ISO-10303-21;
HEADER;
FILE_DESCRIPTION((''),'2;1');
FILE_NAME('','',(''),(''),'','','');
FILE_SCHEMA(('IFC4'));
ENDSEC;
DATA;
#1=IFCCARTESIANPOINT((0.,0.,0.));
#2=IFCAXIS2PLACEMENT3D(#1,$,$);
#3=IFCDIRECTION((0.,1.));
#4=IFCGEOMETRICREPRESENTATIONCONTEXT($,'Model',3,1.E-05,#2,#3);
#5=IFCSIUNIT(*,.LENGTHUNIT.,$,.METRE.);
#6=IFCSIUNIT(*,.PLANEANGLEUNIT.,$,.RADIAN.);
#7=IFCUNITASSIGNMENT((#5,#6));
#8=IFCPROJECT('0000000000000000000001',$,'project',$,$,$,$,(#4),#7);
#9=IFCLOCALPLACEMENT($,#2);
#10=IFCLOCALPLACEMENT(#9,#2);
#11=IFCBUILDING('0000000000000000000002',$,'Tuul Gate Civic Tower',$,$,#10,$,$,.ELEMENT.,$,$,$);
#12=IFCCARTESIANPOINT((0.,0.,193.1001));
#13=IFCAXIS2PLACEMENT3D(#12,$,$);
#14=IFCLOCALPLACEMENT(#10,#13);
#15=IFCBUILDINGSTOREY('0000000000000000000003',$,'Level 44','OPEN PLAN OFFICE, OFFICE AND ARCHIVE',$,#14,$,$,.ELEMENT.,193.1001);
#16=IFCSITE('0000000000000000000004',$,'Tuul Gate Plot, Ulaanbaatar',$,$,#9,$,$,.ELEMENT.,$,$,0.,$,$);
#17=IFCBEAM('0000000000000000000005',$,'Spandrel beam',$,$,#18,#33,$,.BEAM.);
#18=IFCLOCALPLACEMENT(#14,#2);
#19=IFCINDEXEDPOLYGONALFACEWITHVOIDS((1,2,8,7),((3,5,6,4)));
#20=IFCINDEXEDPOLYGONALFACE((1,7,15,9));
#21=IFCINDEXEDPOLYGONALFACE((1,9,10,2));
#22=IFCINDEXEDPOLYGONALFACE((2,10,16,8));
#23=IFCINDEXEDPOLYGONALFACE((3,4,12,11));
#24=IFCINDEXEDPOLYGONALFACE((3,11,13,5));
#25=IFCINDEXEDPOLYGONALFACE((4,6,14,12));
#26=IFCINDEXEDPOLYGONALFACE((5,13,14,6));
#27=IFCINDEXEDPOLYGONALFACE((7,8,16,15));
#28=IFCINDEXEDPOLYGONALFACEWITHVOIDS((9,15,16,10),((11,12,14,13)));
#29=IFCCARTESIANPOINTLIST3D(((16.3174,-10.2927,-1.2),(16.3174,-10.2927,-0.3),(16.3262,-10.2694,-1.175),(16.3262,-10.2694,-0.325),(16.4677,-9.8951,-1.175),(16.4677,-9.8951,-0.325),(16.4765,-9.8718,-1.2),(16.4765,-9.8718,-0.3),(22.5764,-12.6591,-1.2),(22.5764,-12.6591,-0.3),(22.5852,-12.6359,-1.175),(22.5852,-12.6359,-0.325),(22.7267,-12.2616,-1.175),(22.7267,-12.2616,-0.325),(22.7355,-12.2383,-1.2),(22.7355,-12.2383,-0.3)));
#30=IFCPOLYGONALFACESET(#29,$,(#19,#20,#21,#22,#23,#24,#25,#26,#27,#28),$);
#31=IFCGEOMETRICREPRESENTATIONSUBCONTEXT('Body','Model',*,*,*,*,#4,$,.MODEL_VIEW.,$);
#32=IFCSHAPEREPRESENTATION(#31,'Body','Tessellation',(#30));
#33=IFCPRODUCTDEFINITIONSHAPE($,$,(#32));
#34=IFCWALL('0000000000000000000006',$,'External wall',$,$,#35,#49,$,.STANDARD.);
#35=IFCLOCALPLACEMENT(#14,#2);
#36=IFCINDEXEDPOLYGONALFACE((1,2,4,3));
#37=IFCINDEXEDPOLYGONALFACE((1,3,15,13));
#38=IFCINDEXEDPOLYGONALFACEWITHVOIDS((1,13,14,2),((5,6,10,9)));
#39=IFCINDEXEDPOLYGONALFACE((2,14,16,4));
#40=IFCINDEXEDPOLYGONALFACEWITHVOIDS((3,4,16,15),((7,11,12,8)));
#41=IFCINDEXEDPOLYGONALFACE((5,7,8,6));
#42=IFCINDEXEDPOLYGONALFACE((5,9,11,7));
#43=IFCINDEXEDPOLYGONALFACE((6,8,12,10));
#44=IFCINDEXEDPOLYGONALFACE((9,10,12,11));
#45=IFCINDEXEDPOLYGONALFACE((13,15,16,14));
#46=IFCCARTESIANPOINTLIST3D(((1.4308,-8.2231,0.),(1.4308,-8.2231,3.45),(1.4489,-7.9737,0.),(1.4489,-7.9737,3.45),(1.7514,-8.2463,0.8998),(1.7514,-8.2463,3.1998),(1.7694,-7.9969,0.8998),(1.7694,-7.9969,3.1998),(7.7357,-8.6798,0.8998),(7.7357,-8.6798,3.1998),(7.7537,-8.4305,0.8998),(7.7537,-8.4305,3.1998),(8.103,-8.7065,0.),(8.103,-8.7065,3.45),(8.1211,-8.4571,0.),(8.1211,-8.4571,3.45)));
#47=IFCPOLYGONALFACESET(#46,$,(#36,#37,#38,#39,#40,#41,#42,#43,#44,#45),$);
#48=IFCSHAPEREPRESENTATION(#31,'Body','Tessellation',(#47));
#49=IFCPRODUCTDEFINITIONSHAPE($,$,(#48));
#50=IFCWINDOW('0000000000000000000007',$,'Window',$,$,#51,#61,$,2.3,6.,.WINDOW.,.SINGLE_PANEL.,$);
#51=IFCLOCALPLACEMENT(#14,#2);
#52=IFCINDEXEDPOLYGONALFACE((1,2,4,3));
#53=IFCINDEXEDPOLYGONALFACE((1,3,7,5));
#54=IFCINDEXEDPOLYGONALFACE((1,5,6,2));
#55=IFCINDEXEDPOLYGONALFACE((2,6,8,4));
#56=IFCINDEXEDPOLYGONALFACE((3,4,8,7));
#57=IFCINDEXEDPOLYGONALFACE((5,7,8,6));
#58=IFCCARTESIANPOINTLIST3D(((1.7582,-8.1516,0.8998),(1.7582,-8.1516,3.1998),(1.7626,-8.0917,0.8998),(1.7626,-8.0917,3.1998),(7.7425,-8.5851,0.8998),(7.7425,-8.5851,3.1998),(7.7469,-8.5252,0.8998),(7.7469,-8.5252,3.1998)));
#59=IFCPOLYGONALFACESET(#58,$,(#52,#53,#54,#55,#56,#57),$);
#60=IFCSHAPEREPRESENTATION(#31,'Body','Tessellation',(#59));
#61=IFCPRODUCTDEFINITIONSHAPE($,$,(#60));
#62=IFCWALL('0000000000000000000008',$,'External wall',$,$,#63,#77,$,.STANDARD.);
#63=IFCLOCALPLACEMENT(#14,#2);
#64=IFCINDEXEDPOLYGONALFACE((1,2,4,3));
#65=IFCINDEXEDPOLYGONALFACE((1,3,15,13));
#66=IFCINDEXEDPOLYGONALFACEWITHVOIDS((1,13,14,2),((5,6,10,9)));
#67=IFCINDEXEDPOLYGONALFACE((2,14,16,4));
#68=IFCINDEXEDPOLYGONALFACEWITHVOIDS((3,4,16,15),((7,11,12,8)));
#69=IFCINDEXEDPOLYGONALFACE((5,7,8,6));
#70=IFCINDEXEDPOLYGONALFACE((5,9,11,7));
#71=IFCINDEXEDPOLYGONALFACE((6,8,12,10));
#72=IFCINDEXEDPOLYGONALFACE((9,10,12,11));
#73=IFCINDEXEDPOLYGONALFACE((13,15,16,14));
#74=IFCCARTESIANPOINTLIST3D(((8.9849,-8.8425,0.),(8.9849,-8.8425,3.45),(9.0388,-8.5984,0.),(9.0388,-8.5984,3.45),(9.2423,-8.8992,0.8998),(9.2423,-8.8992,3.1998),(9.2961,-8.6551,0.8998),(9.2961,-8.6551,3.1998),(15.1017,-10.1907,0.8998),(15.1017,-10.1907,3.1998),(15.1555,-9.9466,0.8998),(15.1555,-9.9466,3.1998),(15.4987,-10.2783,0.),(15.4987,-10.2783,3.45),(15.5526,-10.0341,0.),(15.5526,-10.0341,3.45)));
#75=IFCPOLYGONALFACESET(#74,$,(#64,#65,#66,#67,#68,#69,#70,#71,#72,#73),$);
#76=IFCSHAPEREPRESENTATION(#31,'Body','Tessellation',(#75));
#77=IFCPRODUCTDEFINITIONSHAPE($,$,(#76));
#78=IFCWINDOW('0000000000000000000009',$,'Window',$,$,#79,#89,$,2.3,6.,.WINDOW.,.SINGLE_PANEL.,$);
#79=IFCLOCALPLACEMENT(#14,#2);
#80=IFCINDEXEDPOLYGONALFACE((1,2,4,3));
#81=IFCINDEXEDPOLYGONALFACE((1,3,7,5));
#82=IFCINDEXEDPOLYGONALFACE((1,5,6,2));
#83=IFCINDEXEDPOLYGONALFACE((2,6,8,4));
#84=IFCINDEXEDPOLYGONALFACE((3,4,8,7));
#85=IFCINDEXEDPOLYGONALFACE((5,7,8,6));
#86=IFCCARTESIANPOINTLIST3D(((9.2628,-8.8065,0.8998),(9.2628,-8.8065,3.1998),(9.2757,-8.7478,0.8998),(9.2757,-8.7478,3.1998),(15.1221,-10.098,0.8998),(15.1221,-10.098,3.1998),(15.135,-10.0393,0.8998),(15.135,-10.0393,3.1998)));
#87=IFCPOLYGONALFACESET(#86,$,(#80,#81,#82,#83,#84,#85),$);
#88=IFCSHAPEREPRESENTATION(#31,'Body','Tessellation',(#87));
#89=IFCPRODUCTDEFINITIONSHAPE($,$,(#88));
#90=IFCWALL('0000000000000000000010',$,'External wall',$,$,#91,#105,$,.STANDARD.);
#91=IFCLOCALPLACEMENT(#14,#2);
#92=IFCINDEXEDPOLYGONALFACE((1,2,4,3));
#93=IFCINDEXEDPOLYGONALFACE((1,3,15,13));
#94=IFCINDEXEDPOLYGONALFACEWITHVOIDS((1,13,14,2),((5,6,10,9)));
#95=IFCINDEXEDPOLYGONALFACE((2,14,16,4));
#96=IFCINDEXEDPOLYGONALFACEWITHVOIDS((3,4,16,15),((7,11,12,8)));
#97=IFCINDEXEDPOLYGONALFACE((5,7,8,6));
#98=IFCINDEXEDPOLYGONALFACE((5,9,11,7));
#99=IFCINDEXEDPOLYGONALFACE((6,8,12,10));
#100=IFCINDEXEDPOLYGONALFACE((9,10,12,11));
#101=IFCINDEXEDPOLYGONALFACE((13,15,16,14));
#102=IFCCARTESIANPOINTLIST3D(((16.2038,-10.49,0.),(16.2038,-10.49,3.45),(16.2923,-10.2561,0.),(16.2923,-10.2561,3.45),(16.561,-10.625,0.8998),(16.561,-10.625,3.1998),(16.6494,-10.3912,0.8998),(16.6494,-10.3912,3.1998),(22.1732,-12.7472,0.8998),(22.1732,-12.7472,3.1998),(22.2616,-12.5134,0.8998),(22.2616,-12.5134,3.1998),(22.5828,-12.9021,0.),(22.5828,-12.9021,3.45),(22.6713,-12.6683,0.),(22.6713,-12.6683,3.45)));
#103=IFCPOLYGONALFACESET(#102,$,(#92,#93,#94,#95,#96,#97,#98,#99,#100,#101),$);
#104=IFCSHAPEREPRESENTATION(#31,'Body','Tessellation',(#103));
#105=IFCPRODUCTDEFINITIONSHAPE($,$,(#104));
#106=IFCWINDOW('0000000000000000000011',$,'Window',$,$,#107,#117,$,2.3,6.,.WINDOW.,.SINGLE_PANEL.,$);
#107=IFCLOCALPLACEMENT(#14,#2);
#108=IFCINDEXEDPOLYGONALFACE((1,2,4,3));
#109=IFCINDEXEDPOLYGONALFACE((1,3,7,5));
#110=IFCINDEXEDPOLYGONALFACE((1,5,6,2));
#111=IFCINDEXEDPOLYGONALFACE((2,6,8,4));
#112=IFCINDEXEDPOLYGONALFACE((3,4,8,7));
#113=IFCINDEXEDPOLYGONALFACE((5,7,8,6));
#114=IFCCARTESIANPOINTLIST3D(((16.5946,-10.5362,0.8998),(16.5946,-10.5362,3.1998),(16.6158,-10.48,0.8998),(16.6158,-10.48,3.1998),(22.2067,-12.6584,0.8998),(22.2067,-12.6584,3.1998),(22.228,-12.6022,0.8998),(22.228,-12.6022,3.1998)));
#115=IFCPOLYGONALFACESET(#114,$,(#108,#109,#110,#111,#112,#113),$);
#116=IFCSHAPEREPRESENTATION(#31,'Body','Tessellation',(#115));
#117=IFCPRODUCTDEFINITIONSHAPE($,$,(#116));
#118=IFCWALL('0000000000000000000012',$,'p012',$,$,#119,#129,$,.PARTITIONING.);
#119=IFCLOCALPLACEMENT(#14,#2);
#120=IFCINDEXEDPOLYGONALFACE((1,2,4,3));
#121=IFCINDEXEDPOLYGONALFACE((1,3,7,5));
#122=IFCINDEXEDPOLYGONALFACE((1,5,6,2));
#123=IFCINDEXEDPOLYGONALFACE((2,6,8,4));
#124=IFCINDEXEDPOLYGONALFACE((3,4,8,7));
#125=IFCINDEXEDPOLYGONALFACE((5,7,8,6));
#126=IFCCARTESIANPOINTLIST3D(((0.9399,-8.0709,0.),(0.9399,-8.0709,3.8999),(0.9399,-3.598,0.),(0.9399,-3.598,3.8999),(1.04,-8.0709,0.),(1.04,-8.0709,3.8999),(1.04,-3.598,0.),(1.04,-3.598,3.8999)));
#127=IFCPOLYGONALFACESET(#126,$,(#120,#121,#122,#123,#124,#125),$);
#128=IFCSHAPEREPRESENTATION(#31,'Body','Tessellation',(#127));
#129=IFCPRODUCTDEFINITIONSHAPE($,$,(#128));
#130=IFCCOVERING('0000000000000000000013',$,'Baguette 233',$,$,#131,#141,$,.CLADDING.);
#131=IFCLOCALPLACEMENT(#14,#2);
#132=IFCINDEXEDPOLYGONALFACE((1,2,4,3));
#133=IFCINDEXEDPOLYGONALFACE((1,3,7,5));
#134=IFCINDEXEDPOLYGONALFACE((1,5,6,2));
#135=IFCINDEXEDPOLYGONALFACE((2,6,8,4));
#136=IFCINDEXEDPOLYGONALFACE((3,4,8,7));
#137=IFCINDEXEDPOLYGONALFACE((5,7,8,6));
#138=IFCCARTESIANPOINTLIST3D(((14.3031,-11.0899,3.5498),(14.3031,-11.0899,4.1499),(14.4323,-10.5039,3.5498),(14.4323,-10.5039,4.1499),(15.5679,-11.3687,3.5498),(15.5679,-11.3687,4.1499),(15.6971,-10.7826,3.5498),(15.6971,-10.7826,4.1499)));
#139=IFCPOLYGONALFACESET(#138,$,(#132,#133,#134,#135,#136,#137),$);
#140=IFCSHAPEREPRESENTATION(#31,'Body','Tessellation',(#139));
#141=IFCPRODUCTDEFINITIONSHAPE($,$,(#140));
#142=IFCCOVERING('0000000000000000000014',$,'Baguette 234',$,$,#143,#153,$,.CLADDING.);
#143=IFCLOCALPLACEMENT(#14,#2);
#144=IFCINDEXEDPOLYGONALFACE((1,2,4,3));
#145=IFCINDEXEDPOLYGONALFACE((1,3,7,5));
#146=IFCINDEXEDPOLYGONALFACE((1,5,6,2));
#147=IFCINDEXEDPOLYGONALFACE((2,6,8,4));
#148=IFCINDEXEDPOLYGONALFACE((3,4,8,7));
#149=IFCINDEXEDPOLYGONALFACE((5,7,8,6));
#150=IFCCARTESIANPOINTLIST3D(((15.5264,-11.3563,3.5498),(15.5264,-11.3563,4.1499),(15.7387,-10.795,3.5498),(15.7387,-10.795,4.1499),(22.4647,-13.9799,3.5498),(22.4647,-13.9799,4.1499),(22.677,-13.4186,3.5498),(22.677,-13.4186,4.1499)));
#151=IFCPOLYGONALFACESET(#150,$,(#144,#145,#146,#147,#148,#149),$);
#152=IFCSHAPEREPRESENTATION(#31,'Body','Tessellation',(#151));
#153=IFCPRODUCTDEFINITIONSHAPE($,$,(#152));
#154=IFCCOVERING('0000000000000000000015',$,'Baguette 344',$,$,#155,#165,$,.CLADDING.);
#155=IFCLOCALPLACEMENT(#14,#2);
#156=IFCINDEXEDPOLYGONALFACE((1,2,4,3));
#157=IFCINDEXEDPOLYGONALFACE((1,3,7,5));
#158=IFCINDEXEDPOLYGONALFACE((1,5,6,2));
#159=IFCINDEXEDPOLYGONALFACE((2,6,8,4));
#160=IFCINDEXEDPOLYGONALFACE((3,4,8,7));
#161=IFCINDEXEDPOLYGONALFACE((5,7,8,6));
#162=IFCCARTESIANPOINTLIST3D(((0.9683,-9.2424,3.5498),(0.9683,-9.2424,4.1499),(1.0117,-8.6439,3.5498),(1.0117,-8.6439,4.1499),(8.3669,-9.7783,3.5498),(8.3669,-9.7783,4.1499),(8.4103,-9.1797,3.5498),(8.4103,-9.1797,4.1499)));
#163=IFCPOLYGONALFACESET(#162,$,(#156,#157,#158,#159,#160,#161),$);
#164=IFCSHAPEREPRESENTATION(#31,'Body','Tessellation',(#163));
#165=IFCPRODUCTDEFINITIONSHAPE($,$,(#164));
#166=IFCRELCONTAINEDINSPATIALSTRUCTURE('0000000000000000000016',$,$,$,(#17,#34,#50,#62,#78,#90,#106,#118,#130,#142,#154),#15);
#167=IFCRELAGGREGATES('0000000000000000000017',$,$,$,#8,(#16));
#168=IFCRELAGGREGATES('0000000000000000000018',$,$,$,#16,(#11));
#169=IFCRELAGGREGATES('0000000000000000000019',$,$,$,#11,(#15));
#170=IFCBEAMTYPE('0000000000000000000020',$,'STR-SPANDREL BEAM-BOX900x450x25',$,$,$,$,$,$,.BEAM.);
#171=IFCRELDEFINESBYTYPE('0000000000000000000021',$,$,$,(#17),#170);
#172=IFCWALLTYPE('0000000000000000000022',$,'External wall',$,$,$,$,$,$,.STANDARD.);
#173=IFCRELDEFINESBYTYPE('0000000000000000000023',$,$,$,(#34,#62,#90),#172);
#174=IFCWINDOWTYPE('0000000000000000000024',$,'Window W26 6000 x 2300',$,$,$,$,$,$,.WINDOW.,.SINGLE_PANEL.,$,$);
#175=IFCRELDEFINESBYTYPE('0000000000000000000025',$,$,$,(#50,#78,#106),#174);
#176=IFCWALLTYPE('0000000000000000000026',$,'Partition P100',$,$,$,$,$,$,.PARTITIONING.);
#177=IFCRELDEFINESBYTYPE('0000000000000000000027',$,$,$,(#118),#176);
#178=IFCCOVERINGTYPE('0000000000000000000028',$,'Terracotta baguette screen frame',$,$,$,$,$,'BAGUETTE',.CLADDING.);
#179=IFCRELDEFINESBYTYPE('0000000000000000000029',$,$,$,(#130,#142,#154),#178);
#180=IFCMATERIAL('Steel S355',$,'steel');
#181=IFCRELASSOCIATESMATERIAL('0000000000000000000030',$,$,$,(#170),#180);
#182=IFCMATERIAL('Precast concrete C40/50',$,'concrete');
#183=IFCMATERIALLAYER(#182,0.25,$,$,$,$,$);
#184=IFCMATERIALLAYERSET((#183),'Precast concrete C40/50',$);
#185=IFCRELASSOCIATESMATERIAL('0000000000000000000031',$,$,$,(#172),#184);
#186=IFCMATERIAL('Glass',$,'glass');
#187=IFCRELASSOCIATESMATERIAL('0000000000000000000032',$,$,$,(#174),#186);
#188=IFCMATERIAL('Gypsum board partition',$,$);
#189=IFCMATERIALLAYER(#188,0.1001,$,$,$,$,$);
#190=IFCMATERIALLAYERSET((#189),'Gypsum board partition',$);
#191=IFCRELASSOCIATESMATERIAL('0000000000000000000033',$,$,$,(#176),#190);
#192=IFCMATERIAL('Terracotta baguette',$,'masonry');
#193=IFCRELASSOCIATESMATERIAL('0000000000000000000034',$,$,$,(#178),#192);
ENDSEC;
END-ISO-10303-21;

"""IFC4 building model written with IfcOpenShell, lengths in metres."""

from ifc_helpers import new_model, si_unit, direction, frame, frame_2d, origin, origin_2d, place, context, subcontext, project, spatial, rectangle, hollow_rectangle, extrude, material, layer, layer_set, material_profile, profile_set, type_object, element, fill, save


model = new_model("IFC4")

# Units and contexts
model_context = context("Model", 3, precision=1e-05, world=origin(), true_north=direction((0.0, 1.0)))
body_context = subcontext(model_context, "Body", "Model", "MODEL_VIEW")
ifc_project = project(units=[si_unit("LENGTHUNIT", "METRE"), si_unit("PLANEANGLEUNIT", "RADIAN")], contexts=[model_context])

# Site, building, storey
site_placement = place(None, origin())
site = spatial("IfcSite", under=ifc_project, at=site_placement, Name="Tuul Gate Plot, Ulaanbaatar", CompositionType="ELEMENT", RefElevation=0.0)
building_placement = place(site_placement, origin())
building = spatial("IfcBuilding", under=site, at=building_placement, Name="Tuul Gate Civic Tower", CompositionType="ELEMENT")
storey_placement = place(building_placement, frame((0.0, 0.0, 193.1001)))
storey = spatial("IfcBuildingStorey", under=building, at=storey_placement, Name="Level 44", Description="OPEN PLAN OFFICE, OFFICE AND ARCHIVE", CompositionType="ELEMENT", Elevation=193.1001)

# Beam
ifc_material_1 = material(Name="Steel S355", Category="steel")
ifc_material_profile_1 = material_profile(ifc_material_1, hollow_rectangle(XDim=0.45, YDim=0.8999, WallThickness=0.0249, at=origin_2d()), Name="BOX900x450x25")
ifc_profile_set_1 = profile_set([ifc_material_profile_1], Name="Steel S355")
beam_type_1 = type_object("IfcBeamType", Name="STR-SPANDREL BEAM-BOX900x450x25", PredefinedType="BEAM", material=ifc_profile_set_1)
beam_1_placement = place(storey_placement, frame((16.397, -10.0823, -0.75), z_axis=(0.935377, -0.353653, 0.0), x_axis=(0.353653, 0.935377, 0.0)))
element("IfcBeam", 1, at=beam_1_placement, inside=storey, type_object=beam_type_1, Name="Spandrel beam", PredefinedType="BEAM", context=body_context, shape_type="SweptSolid", body=[
    extrude(hollow_rectangle(XDim=0.45, YDim=0.8999, WallThickness=0.0249, at=origin_2d()), origin(), (0.0, 0.0, 1.0), 6.6914),
])

# Walls, openings, windows
ifc_material_2 = material(Name="Precast concrete C40/50", Category="concrete")
ifc_layer_1 = layer(ifc_material_2, 0.25)
ifc_layer_set_1 = layer_set([ifc_layer_1], Name="Precast concrete C40/50")
wall_type_1 = type_object("IfcWallType", Name="External wall", PredefinedType="STANDARD", material=ifc_layer_set_1)
wall_1_placement = place(storey_placement, frame((1.4399, -8.0984, 0.0), z_axis=(0.0, 0.0, 1.0), x_axis=(0.997386, -0.072261, 0.0)))
wall_1 = element("IfcWall", 2, at=wall_1_placement, inside=storey, type_object=wall_type_1, Name="External wall", PredefinedType="STANDARD", context=body_context, shape_type="SweptSolid", body=[
    extrude(rectangle(XDim=6.6897, YDim=0.25, at=frame_2d((3.3447, 0.0))), origin(), (0.0, 0.0, 1.0), 3.45),
])
opening_1_placement = place(wall_1_placement, frame((0.3213, 0.0, 0.8999)))
opening_1 = element("IfcOpeningElement", 3, at=opening_1_placement, cuts=wall_1, PredefinedType="OPENING", context=body_context, shape_type="SweptSolid", body=[
    extrude(rectangle(XDim=6.0, YDim=2.3, at=frame_2d((3.0, 1.1499))), frame((0.0, 0.135, 0.0), z_axis=(0.0, -1.0, 0.0), x_axis=(1.0, 0.0, 0.0)), (0.0, 0.0, 1.0), 0.27),
])
ifc_material_3 = material(Name="Glass", Category="glass")
window_type = type_object("IfcWindowType", Name="Window W26 6000 x 2300", PartitioningType="SINGLE_PANEL", PredefinedType="WINDOW", material=ifc_material_3)
window_1_placement = place(opening_1_placement, origin())
window_1 = element("IfcWindow", 4, at=window_1_placement, inside=storey, type_object=window_type, Name="Window", OverallHeight=2.3, OverallWidth=6.0, PartitioningType="SINGLE_PANEL", PredefinedType="WINDOW", context=body_context, shape_type="SweptSolid", body=[
    extrude(rectangle(XDim=6.0, YDim=2.3, at=frame_2d((3.0, 1.1499))), frame((0.0, 0.03, 0.0), z_axis=(0.0, -1.0, 0.0), x_axis=(1.0, 0.0, 0.0)), (0.0, 0.0, 1.0), 0.0601),
])
fill(opening_1, window_1)
wall_2_placement = place(storey_placement, frame((9.012, -8.7205, 0.0), z_axis=(0.0, 0.0, 1.0), x_axis=(0.976559, -0.215252, 0.0)))
wall_2 = element("IfcWall", 5, at=wall_2_placement, inside=storey, type_object=wall_type_1, Name="External wall", PredefinedType="STANDARD", context=body_context, shape_type="SweptSolid", body=[
    extrude(rectangle(XDim=6.6702, YDim=0.25, at=frame_2d((3.335, 0.0))), origin(), (0.0, 0.0, 1.0), 3.45),
])
opening_2_placement = place(wall_2_placement, frame((0.2634, 0.0, 0.8999)))
opening_2 = element("IfcOpeningElement", 6, at=opening_2_placement, cuts=wall_2, PredefinedType="OPENING", context=body_context, shape_type="SweptSolid", body=[
    extrude(rectangle(XDim=6.0, YDim=2.3, at=frame_2d((3.0, 1.1499))), frame((0.0, 0.135, 0.0), z_axis=(0.0, -1.0, 0.0), x_axis=(1.0, 0.0, 0.0)), (0.0, 0.0, 1.0), 0.27),
])
window_2_placement = place(opening_2_placement, origin())
window_2 = element("IfcWindow", 7, at=window_2_placement, inside=storey, type_object=window_type, Name="Window", OverallHeight=2.3, OverallWidth=6.0, PartitioningType="SINGLE_PANEL", PredefinedType="WINDOW", context=body_context, shape_type="SweptSolid", body=[
    extrude(rectangle(XDim=6.0, YDim=2.3, at=frame_2d((3.0, 1.1499))), frame((0.0, 0.03, 0.0), z_axis=(0.0, -1.0, 0.0), x_axis=(1.0, 0.0, 0.0)), (0.0, 0.0, 1.0), 0.0601),
])
fill(opening_2, window_2)
wall_3_placement = place(storey_placement, frame((16.248, -10.373, 0.0), z_axis=(0.0, 0.0, 1.0), x_axis=(0.935361, -0.353696, 0.0)))
wall_3 = element("IfcWall", 8, at=wall_3_placement, inside=storey, type_object=wall_type_1, Name="External wall", PredefinedType="STANDARD", context=body_context, shape_type="SweptSolid", body=[
    extrude(rectangle(XDim=6.8198, YDim=0.25, at=frame_2d((3.4099, 0.0))), origin(), (0.0, 0.0, 1.0), 3.45),
])
opening_3_placement = place(wall_3_placement, frame((0.3818, 0.0, 0.8999)))
opening_3 = element("IfcOpeningElement", 9, at=opening_3_placement, cuts=wall_3, PredefinedType="OPENING", context=body_context, shape_type="SweptSolid", body=[
    extrude(rectangle(XDim=6.0, YDim=2.3, at=frame_2d((3.0, 1.1499))), frame((0.0, 0.135, 0.0), z_axis=(0.0, -1.0, 0.0), x_axis=(1.0, 0.0, 0.0)), (0.0, 0.0, 1.0), 0.27),
])
window_3_placement = place(opening_3_placement, origin())
window_3 = element("IfcWindow", 10, at=window_3_placement, inside=storey, type_object=window_type, Name="Window", OverallHeight=2.3, OverallWidth=6.0, PartitioningType="SINGLE_PANEL", PredefinedType="WINDOW", context=body_context, shape_type="SweptSolid", body=[
    extrude(rectangle(XDim=6.0, YDim=2.3, at=frame_2d((3.0, 1.1499))), frame((0.0, 0.03, 0.0), z_axis=(0.0, -1.0, 0.0), x_axis=(1.0, 0.0, 0.0)), (0.0, 0.0, 1.0), 0.0601),
])
fill(opening_3, window_3)

# Wall
ifc_material_4 = material(Name="Gypsum board partition")
ifc_layer_2 = layer(ifc_material_4, 0.1001)
ifc_layer_set_2 = layer_set([ifc_layer_2], Name="Gypsum board partition")
wall_type_2 = type_object("IfcWallType", Name="Partition P100", PredefinedType="PARTITIONING", material=ifc_layer_set_2)
wall_4_placement = place(storey_placement, frame((0.99, -8.0708, 0.0), z_axis=(0.0, 0.0, 1.0), x_axis=(0.0, 1.0, 0.0)))
element("IfcWall", 11, at=wall_4_placement, inside=storey, type_object=wall_type_2, Name="p012", PredefinedType="PARTITIONING", context=body_context, shape_type="SweptSolid", body=[
    extrude(rectangle(XDim=4.4729, YDim=0.1001, at=frame_2d((2.2363, 0.0))), origin(), (0.0, 0.0, 1.0), 3.8999),
])

# Coverings
ifc_material_5 = material(Name="Terracotta baguette", Category="masonry")
ifc_material_profile_2 = material_profile(ifc_material_5, rectangle(XDim=0.6001, YDim=0.6001, at=origin_2d()), Name="Terracotta baguette screen frame")
ifc_profile_set_2 = profile_set([ifc_material_profile_2], Name="Terracotta baguette")
covering_type = type_object("IfcCoveringType", Name="Terracotta baguette screen frame", ElementType="BAGUETTE", PredefinedType="CLADDING", material=ifc_profile_set_2)
covering_1_placement = place(storey_placement, frame((14.3677, -10.7969, 3.8499), z_axis=(0.976558, -0.215254, 0.0), x_axis=(0.215254, 0.976558, 0.0)))
element("IfcCovering", 12, at=covering_1_placement, inside=storey, type_object=covering_type, Name="Baguette 233", PredefinedType="CLADDING", context=body_context, shape_type="SweptSolid", body=[
    extrude(rectangle(XDim=0.6001, YDim=0.6001, at=origin_2d()), origin(), (0.0, 0.0, 1.0), 1.2952),
])
covering_2_placement = place(storey_placement, frame((15.6326, -11.0757, 3.8499), z_axis=(0.935364, -0.353687, 0.0), x_axis=(0.353687, 0.935364, 0.0)))
element("IfcCovering", 13, at=covering_2_placement, inside=storey, type_object=covering_type, Name="Baguette 234", PredefinedType="CLADDING", context=body_context, shape_type="SweptSolid", body=[
    extrude(rectangle(XDim=0.6001, YDim=0.6001, at=origin_2d()), origin(), (0.0, 0.0, 1.0), 7.4177),
])
covering_3_placement = place(storey_placement, frame((0.99, -8.9431, 3.8499), z_axis=(0.997387, -0.072241, 0.0), x_axis=(0.072241, 0.997387, 0.0)))
element("IfcCovering", 14, at=covering_3_placement, inside=storey, type_object=covering_type, Name="Baguette 344", PredefinedType="CLADDING", context=body_context, shape_type="SweptSolid", body=[
    extrude(rectangle(XDim=0.6001, YDim=0.6001, at=origin_2d()), origin(), (0.0, 0.0, 1.0), 7.418),
])

save(model, "model.ifc")
